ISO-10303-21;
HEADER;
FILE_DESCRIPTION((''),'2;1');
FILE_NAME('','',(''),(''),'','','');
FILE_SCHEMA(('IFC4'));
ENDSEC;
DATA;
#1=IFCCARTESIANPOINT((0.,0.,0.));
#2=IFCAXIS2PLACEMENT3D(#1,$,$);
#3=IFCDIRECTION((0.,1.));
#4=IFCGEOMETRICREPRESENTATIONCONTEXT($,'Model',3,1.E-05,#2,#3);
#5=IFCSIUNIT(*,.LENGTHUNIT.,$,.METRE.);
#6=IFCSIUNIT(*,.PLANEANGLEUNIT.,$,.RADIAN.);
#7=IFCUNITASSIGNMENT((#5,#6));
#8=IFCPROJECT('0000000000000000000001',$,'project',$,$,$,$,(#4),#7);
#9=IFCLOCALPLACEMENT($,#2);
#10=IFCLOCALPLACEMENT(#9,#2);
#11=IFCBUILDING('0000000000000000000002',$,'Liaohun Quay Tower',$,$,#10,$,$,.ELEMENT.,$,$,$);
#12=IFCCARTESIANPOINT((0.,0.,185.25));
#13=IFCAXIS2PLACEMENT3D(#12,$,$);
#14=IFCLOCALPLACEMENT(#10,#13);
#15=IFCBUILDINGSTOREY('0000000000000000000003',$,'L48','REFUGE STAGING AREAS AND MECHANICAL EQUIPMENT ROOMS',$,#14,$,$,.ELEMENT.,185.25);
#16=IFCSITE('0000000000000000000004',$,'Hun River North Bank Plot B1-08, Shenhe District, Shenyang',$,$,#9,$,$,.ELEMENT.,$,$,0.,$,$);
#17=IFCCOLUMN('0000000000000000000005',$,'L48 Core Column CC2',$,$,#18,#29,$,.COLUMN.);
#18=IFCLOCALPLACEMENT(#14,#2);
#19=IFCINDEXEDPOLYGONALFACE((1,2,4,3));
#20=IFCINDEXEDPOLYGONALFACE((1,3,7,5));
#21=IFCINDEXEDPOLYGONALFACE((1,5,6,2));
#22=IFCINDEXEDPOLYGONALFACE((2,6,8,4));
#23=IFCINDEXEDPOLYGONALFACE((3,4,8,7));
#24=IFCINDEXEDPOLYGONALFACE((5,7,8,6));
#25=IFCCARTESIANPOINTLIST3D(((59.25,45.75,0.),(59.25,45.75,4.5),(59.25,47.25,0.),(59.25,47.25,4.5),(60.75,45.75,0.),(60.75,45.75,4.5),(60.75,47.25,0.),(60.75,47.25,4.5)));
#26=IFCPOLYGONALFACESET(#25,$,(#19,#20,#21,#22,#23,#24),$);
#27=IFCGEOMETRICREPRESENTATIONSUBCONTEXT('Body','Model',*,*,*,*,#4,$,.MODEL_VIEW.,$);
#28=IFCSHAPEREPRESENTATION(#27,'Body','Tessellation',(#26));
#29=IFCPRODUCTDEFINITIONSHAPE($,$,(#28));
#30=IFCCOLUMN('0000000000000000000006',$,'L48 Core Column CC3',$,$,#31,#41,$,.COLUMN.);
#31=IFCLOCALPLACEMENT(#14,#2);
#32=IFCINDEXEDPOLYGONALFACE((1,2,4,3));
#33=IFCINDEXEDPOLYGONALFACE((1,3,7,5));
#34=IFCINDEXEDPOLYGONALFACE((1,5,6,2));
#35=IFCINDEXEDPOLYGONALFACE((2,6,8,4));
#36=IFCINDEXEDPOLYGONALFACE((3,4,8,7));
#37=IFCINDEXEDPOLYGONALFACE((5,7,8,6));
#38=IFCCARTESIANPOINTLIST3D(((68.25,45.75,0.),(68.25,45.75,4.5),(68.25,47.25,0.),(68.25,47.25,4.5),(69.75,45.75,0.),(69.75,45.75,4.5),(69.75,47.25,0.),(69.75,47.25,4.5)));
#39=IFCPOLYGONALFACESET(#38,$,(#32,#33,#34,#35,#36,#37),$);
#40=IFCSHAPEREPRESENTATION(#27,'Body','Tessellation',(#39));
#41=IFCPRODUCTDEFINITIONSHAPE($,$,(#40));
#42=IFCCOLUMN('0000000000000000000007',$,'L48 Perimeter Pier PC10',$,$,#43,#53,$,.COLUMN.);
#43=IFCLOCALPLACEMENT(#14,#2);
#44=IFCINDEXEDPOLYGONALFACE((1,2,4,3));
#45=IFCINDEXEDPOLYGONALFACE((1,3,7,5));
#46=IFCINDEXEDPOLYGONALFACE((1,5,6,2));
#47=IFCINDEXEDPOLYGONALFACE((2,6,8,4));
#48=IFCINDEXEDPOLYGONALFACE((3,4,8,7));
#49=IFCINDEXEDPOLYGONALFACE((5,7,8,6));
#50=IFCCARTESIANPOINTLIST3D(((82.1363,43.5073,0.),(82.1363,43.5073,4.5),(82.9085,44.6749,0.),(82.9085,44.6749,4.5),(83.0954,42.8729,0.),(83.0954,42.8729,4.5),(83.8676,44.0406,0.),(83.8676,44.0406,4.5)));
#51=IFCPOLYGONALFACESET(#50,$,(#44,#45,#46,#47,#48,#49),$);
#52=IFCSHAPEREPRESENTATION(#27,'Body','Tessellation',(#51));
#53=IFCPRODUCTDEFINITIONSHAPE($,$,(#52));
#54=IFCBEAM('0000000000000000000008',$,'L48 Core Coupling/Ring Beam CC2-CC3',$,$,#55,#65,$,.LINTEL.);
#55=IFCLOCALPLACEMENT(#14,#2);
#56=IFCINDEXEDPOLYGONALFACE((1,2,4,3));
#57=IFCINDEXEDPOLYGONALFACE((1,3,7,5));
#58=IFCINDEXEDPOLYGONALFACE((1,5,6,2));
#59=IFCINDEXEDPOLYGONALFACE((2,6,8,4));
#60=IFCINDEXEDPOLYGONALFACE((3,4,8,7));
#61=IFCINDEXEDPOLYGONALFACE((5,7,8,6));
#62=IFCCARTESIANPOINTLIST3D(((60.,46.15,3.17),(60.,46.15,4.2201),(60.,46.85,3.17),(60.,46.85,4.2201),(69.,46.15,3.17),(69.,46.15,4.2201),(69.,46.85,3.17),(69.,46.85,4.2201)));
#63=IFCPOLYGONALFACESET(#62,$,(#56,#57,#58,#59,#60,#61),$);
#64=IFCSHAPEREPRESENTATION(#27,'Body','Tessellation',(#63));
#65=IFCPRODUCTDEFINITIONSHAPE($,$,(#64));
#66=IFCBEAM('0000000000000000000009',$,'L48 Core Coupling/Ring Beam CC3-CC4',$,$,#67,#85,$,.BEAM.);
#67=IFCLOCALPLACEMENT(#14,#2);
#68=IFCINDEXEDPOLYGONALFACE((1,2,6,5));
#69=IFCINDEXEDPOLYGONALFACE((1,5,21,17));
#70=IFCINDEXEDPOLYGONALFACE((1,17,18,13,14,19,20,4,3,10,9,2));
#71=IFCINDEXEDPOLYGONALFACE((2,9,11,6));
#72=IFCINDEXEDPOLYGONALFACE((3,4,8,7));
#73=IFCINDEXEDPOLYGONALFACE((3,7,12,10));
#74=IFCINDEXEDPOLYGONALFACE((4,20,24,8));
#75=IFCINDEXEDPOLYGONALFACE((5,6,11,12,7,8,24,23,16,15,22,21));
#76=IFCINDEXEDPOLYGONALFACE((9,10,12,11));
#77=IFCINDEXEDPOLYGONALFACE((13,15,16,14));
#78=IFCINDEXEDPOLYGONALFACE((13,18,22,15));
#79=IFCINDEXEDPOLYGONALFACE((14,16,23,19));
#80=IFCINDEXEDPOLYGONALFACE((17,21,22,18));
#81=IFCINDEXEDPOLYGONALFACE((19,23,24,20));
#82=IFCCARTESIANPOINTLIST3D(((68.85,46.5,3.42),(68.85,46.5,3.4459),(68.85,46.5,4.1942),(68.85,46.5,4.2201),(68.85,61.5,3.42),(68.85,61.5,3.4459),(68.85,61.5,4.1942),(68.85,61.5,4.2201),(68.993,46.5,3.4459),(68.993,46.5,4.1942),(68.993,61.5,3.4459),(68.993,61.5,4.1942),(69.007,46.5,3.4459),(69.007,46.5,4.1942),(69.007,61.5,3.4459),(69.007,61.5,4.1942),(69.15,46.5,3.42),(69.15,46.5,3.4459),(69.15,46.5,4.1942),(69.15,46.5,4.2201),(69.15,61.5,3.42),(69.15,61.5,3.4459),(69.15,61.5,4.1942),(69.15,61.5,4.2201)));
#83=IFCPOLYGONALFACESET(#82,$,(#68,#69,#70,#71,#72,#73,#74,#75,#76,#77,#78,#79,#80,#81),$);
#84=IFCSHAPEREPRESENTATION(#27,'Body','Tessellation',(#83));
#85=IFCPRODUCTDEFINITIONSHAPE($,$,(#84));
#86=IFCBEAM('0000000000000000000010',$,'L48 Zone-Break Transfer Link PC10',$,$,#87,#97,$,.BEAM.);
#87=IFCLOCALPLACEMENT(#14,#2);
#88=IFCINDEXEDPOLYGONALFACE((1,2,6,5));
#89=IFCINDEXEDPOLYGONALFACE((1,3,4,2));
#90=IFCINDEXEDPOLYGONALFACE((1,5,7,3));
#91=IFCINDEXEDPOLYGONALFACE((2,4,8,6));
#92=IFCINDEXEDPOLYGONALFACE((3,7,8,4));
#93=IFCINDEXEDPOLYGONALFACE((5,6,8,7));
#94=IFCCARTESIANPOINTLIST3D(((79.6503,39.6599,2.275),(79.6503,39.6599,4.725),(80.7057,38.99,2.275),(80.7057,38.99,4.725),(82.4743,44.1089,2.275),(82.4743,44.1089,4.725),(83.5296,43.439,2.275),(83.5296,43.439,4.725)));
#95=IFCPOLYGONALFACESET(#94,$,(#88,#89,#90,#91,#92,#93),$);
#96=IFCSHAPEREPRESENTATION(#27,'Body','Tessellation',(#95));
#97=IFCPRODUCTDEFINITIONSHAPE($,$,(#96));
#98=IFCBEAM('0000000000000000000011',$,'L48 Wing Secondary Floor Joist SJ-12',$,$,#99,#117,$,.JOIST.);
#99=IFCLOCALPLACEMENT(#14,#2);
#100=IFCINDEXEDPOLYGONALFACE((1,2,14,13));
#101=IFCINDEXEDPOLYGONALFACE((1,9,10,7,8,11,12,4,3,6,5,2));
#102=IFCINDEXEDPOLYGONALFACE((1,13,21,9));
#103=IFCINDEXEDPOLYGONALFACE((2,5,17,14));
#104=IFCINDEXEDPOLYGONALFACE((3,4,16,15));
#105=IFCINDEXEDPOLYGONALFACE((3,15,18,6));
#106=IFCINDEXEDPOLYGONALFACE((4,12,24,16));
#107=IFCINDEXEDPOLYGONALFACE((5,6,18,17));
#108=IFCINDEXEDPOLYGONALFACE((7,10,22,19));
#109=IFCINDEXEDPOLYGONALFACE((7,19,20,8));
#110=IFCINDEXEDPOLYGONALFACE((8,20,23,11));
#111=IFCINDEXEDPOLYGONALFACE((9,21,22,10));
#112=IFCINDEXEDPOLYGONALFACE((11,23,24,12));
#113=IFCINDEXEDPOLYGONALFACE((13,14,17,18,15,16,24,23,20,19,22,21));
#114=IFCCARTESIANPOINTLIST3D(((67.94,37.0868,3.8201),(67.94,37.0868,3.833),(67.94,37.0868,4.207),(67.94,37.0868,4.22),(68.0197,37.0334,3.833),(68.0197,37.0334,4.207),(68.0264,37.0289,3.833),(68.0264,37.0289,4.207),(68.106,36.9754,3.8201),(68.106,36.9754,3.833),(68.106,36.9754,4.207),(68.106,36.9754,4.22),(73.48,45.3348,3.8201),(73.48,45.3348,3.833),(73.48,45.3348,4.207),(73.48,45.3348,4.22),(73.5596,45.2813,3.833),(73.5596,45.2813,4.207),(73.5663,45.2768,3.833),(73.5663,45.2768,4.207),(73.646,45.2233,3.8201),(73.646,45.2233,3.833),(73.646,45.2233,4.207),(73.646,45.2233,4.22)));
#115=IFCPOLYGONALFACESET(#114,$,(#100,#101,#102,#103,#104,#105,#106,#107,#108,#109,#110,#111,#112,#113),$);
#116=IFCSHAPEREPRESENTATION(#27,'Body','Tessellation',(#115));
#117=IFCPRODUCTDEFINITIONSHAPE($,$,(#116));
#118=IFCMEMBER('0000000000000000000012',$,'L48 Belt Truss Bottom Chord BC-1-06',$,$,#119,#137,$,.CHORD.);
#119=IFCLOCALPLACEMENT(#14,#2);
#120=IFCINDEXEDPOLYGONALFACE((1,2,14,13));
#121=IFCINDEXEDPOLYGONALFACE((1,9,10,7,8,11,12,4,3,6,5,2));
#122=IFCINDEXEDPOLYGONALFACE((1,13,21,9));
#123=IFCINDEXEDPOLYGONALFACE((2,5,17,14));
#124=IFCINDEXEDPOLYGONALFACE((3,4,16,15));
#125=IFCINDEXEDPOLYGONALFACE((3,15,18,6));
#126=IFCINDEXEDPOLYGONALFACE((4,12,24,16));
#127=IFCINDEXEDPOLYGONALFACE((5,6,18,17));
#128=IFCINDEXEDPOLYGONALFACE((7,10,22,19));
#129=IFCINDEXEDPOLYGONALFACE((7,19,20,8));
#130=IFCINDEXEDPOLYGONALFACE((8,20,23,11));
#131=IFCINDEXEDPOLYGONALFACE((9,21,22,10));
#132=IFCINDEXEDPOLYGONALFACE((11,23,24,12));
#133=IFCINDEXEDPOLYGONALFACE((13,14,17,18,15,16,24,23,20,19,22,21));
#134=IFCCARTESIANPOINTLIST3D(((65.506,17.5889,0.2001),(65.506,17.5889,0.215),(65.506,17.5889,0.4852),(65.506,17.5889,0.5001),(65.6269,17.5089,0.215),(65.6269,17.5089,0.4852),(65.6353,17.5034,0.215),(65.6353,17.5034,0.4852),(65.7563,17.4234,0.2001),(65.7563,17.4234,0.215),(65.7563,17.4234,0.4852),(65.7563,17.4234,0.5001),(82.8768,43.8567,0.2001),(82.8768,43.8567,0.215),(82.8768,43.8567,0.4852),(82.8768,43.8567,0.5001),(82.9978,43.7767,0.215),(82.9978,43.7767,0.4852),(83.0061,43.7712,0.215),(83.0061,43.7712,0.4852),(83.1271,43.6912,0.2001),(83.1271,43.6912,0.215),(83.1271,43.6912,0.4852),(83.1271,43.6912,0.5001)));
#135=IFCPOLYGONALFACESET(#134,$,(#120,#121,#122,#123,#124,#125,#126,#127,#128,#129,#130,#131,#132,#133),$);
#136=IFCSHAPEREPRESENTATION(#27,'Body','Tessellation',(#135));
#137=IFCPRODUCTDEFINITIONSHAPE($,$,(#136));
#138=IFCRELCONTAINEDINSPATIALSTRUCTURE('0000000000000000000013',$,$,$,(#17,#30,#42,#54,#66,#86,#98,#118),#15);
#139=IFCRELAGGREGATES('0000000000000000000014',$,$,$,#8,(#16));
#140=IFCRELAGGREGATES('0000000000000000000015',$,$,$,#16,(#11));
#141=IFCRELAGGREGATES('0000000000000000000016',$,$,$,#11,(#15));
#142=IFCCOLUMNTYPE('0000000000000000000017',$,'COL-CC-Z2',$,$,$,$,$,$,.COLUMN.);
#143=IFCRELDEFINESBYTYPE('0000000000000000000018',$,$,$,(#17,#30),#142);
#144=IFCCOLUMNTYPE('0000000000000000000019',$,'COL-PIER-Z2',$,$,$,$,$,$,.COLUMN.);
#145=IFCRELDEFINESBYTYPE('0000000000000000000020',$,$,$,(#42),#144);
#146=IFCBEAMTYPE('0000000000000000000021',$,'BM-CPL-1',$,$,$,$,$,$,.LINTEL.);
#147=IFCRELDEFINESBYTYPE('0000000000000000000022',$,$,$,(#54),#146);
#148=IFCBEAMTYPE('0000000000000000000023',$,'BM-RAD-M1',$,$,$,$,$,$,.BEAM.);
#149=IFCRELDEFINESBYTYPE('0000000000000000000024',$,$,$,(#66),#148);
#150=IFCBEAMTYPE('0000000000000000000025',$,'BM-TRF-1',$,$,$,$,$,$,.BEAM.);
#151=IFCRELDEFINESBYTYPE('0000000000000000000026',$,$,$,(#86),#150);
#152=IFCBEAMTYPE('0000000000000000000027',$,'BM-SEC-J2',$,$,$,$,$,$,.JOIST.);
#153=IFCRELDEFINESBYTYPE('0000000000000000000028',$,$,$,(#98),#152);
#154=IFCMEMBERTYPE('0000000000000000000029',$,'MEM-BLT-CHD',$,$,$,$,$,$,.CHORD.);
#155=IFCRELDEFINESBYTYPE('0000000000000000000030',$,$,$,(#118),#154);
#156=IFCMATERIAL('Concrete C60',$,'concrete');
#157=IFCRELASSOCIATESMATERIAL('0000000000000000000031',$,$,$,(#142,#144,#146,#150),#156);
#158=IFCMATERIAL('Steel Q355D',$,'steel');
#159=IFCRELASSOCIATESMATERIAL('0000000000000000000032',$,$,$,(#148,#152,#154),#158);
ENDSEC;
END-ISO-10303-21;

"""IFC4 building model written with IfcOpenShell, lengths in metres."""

from ifc_helpers import new_model, si_unit, direction, frame, origin, origin_2d, place, context, subcontext, project, spatial, rectangle, i_section, extrude, source, transform, mapped, material, material_profile, profile_set, type_object, element, save


model = new_model("IFC4")

# Units and contexts
model_context = context("Model", 3, precision=1e-05, world=origin(), true_north=direction((0.0, 1.0)))
body_context = subcontext(model_context, "Body", "Model", "MODEL_VIEW")
ifc_project = project(units=[si_unit("LENGTHUNIT", "METRE"), si_unit("PLANEANGLEUNIT", "RADIAN")], contexts=[model_context])

# Site, building, storey
site_placement = place(None, origin())
site = spatial("IfcSite", under=ifc_project, at=site_placement, Name="Hun River North Bank Plot B1-08, Shenhe District, Shenyang", CompositionType="ELEMENT", RefElevation=0.0)
building_placement = place(site_placement, origin())
building = spatial("IfcBuilding", under=site, at=building_placement, Name="Liaohun Quay Tower", CompositionType="ELEMENT")
storey_placement = place(building_placement, frame((0.0, 0.0, 185.25)))
storey = spatial("IfcBuildingStorey", under=building, at=storey_placement, Name="L48", Description="REFUGE STAGING AREAS AND MECHANICAL EQUIPMENT ROOMS", CompositionType="ELEMENT", Elevation=185.25)

# Columns
ifc_material_1 = material(Name="Concrete C60", Category="concrete")
ifc_material_profile_1 = material_profile(ifc_material_1, rectangle(XDim=1.5, YDim=1.5, at=origin_2d()), Name="RC1500x1500")
ifc_profile_set_1 = profile_set([ifc_material_profile_1], Name="Concrete C60")
column_type_1 = type_object("IfcColumnType", Name="COL-CC-Z2", PredefinedType="COLUMN", material=ifc_profile_set_1)
shared_shape_1 = source(origin(), body_context, "Body", "SweptSolid", [
    extrude(rectangle(XDim=1.5, YDim=1.5, at=origin_2d()), origin(), (0.0, 0.0, 1.0), 4.5),
])
for number, where, z_axis, x_axis, name in (
    (1, (60.0, 46.5, 0.0), (0.0, 0.0, 1.0), (1.0, 0.0, 0.0), "L48 Core Column CC2"),
    (2, (69.0, 46.5, 0.0), (0.0, 0.0, 1.0), (1.0, 0.0, 0.0), "L48 Core Column CC3"),
):
    element("IfcColumn", number, at=place(storey_placement, frame(where, z_axis=z_axis, x_axis=x_axis)), inside=storey, type_object=column_type_1, Name=name, PredefinedType="COLUMN", context=body_context, shape_type="MappedRepresentation", body=[
        mapped(shared_shape_1, transform((0.0, 0.0, 0.0), x_axis=(1.0, 0.0, 0.0), y_axis=(0.0, 1.0, 0.0), z_axis=(0.0, 0.0, 1.0), scale=1.0)),
    ])
ifc_material_profile_2 = material_profile(ifc_material_1, rectangle(XDim=1.3999, YDim=1.1499, at=origin_2d()), Name="RC1400x1150")
ifc_profile_set_2 = profile_set([ifc_material_profile_2], Name="Concrete C60")
column_type_2 = type_object("IfcColumnType", Name="COL-PIER-Z2", PredefinedType="COLUMN", material=ifc_profile_set_2)
shared_shape_2 = source(origin(), body_context, "Body", "SweptSolid", [
    extrude(rectangle(XDim=1.3999, YDim=1.1499, at=origin_2d()), origin(), (0.0, 0.0, 1.0), 4.5),
])
column_placement = place(storey_placement, frame((83.002, 43.7739, 0.0), z_axis=(0.0, 0.0, 1.0), x_axis=(0.551646, 0.834078, 0.0)))
element("IfcColumn", 3, at=column_placement, inside=storey, type_object=column_type_2, Name="L48 Perimeter Pier PC10", PredefinedType="COLUMN", context=body_context, shape_type="MappedRepresentation", body=[
    mapped(shared_shape_2, transform((0.0, 0.0, 0.0), x_axis=(1.0, 0.0, 0.0), y_axis=(0.0, 1.0, 0.0), z_axis=(0.0, 0.0, 1.0), scale=1.0)),
])

# Beams
ifc_material_profile_3 = material_profile(ifc_material_1, rectangle(XDim=0.7, YDim=1.05, at=origin_2d()), Name="RC700x1050")
ifc_profile_set_3 = profile_set([ifc_material_profile_3], Name="Concrete C60")
beam_type_1 = type_object("IfcBeamType", Name="BM-CPL-1", PredefinedType="LINTEL", material=ifc_profile_set_3)
shared_shape_3 = source(origin(), body_context, "Body", "SweptSolid", [
    extrude(rectangle(XDim=0.7, YDim=1.05, at=origin_2d()), origin(), (0.0, 0.0, 1.0), 9.0),
])
beam_1_placement = place(storey_placement, frame((60.0, 46.5, 3.6951), z_axis=(1.0, 0.0, 0.0), x_axis=(0.0, 1.0, 0.0)))
element("IfcBeam", 4, at=beam_1_placement, inside=storey, type_object=beam_type_1, Name="L48 Core Coupling/Ring Beam CC2-CC3", PredefinedType="LINTEL", context=body_context, shape_type="MappedRepresentation", body=[
    mapped(shared_shape_3, transform((0.0, 0.0, 0.0), x_axis=(1.0, 0.0, 0.0), y_axis=(0.0, 1.0, 0.0), z_axis=(0.0, 0.0, 1.0), scale=1.0)),
])
ifc_material_2 = material(Name="Steel Q355D", Category="steel")
ifc_material_profile_4 = material_profile(ifc_material_2, i_section(OverallWidth=0.3, OverallDepth=0.8, WebThickness=0.0139, FlangeThickness=0.0259, at=origin_2d()), Name="HN800x300x14x26")
ifc_profile_set_4 = profile_set([ifc_material_profile_4], Name="Steel Q355D")
beam_type_2 = type_object("IfcBeamType", Name="BM-RAD-M1", PredefinedType="BEAM", material=ifc_profile_set_4)
shared_shape_4 = source(origin(), body_context, "Body", "SweptSolid", [
    extrude(i_section(OverallWidth=0.3, OverallDepth=0.8, WebThickness=0.0139, FlangeThickness=0.0259, at=origin_2d()), origin(), (0.0, 0.0, 1.0), 15.0),
])
beam_2_placement = place(storey_placement, frame((69.0, 46.5, 3.8201), z_axis=(0.0, 1.0, 0.0), x_axis=(-1.0, 0.0, 0.0)))
element("IfcBeam", 5, at=beam_2_placement, inside=storey, type_object=beam_type_2, Name="L48 Core Coupling/Ring Beam CC3-CC4", PredefinedType="BEAM", context=body_context, shape_type="MappedRepresentation", body=[
    mapped(shared_shape_4, transform((0.0, 0.0, 0.0), x_axis=(1.0, 0.0, 0.0), y_axis=(0.0, 1.0, 0.0), z_axis=(0.0, 0.0, 1.0), scale=1.0)),
])
ifc_material_profile_5 = material_profile(ifc_material_1, rectangle(XDim=1.25, YDim=2.45, at=origin_2d()), Name="RC1250x2450")
ifc_profile_set_5 = profile_set([ifc_material_profile_5], Name="Concrete C60")
beam_type_3 = type_object("IfcBeamType", Name="BM-TRF-1", PredefinedType="BEAM", material=ifc_profile_set_5)
shared_shape_5 = source(origin(), body_context, "Body", "SweptSolid", [
    extrude(rectangle(XDim=1.25, YDim=2.45, at=origin_2d()), origin(), (0.0, 0.0, 1.0), 5.2695),
])
beam_3_placement = place(storey_placement, frame((83.002, 43.7739, 3.5), z_axis=(-0.535904, -0.844279, 0.0), x_axis=(0.844279, -0.535904, 0.0)))
element("IfcBeam", 6, at=beam_3_placement, inside=storey, type_object=beam_type_3, Name="L48 Zone-Break Transfer Link PC10", PredefinedType="BEAM", context=body_context, shape_type="MappedRepresentation", body=[
    mapped(shared_shape_5, transform((0.0, 0.0, 0.0), x_axis=(1.0, 0.0, 0.0), y_axis=(0.0, 1.0, 0.0), z_axis=(0.0, 0.0, 1.0), scale=1.0)),
])
ifc_material_profile_6 = material_profile(ifc_material_2, i_section(OverallWidth=0.2, OverallDepth=0.3999, WebThickness=0.0081, FlangeThickness=0.0129, at=origin_2d()), Name="HN400x200x8x13")
ifc_profile_set_6 = profile_set([ifc_material_profile_6], Name="Steel Q355D")
beam_type_4 = type_object("IfcBeamType", Name="BM-SEC-J2", PredefinedType="JOIST", material=ifc_profile_set_6)
shared_shape_6 = source(origin(), body_context, "Body", "SweptSolid", [
    extrude(i_section(OverallWidth=0.2, OverallDepth=0.3999, WebThickness=0.0081, FlangeThickness=0.0129, at=origin_2d()), origin(), (0.0, 0.0, 1.0), 9.9358),
])
beam_4_placement = place(storey_placement, frame((73.563, 45.2791, 4.02), z_axis=(-0.557577, -0.830125, 0.0), x_axis=(0.830125, -0.557577, 0.0)))
element("IfcBeam", 7, at=beam_4_placement, inside=storey, type_object=beam_type_4, Name="L48 Wing Secondary Floor Joist SJ-12", PredefinedType="JOIST", context=body_context, shape_type="MappedRepresentation", body=[
    mapped(shared_shape_6, transform((0.0, 0.0, 0.0), x_axis=(1.0, 0.0, 0.0), y_axis=(0.0, 1.0, 0.0), z_axis=(0.0, 0.0, 1.0), scale=1.0)),
])

# Member
ifc_material_profile_7 = material_profile(ifc_material_2, i_section(OverallWidth=0.3, OverallDepth=0.3, WebThickness=0.01, FlangeThickness=0.0149, at=origin_2d()), Name="HW300x300x10x15")
ifc_profile_set_7 = profile_set([ifc_material_profile_7], Name="Steel Q355D")
member_type = type_object("IfcMemberType", Name="MEM-BLT-CHD", PredefinedType="CHORD", material=ifc_profile_set_7)
shared_shape_7 = source(origin(), body_context, "Body", "SweptSolid", [
    extrude(i_section(OverallWidth=0.3, OverallDepth=0.3, WebThickness=0.01, FlangeThickness=0.0149, at=origin_2d()), origin(), (0.0, 0.0, 1.0), 31.4919),
])
member_placement = place(storey_placement, frame((83.002, 43.7739, 0.3501), z_axis=(-0.551596, -0.834111, 0.0), x_axis=(0.834111, -0.551596, 0.0)))
element("IfcMember", 8, at=member_placement, inside=storey, type_object=member_type, Name="L48 Belt Truss Bottom Chord BC-1-06", PredefinedType="CHORD", context=body_context, shape_type="MappedRepresentation", body=[
    mapped(shared_shape_7, transform((0.0, 0.0, 0.0), x_axis=(1.0, 0.0, 0.0), y_axis=(0.0, 1.0, 0.0), z_axis=(0.0, 0.0, 1.0), scale=1.0)),
])

save(model, "model.ifc")
